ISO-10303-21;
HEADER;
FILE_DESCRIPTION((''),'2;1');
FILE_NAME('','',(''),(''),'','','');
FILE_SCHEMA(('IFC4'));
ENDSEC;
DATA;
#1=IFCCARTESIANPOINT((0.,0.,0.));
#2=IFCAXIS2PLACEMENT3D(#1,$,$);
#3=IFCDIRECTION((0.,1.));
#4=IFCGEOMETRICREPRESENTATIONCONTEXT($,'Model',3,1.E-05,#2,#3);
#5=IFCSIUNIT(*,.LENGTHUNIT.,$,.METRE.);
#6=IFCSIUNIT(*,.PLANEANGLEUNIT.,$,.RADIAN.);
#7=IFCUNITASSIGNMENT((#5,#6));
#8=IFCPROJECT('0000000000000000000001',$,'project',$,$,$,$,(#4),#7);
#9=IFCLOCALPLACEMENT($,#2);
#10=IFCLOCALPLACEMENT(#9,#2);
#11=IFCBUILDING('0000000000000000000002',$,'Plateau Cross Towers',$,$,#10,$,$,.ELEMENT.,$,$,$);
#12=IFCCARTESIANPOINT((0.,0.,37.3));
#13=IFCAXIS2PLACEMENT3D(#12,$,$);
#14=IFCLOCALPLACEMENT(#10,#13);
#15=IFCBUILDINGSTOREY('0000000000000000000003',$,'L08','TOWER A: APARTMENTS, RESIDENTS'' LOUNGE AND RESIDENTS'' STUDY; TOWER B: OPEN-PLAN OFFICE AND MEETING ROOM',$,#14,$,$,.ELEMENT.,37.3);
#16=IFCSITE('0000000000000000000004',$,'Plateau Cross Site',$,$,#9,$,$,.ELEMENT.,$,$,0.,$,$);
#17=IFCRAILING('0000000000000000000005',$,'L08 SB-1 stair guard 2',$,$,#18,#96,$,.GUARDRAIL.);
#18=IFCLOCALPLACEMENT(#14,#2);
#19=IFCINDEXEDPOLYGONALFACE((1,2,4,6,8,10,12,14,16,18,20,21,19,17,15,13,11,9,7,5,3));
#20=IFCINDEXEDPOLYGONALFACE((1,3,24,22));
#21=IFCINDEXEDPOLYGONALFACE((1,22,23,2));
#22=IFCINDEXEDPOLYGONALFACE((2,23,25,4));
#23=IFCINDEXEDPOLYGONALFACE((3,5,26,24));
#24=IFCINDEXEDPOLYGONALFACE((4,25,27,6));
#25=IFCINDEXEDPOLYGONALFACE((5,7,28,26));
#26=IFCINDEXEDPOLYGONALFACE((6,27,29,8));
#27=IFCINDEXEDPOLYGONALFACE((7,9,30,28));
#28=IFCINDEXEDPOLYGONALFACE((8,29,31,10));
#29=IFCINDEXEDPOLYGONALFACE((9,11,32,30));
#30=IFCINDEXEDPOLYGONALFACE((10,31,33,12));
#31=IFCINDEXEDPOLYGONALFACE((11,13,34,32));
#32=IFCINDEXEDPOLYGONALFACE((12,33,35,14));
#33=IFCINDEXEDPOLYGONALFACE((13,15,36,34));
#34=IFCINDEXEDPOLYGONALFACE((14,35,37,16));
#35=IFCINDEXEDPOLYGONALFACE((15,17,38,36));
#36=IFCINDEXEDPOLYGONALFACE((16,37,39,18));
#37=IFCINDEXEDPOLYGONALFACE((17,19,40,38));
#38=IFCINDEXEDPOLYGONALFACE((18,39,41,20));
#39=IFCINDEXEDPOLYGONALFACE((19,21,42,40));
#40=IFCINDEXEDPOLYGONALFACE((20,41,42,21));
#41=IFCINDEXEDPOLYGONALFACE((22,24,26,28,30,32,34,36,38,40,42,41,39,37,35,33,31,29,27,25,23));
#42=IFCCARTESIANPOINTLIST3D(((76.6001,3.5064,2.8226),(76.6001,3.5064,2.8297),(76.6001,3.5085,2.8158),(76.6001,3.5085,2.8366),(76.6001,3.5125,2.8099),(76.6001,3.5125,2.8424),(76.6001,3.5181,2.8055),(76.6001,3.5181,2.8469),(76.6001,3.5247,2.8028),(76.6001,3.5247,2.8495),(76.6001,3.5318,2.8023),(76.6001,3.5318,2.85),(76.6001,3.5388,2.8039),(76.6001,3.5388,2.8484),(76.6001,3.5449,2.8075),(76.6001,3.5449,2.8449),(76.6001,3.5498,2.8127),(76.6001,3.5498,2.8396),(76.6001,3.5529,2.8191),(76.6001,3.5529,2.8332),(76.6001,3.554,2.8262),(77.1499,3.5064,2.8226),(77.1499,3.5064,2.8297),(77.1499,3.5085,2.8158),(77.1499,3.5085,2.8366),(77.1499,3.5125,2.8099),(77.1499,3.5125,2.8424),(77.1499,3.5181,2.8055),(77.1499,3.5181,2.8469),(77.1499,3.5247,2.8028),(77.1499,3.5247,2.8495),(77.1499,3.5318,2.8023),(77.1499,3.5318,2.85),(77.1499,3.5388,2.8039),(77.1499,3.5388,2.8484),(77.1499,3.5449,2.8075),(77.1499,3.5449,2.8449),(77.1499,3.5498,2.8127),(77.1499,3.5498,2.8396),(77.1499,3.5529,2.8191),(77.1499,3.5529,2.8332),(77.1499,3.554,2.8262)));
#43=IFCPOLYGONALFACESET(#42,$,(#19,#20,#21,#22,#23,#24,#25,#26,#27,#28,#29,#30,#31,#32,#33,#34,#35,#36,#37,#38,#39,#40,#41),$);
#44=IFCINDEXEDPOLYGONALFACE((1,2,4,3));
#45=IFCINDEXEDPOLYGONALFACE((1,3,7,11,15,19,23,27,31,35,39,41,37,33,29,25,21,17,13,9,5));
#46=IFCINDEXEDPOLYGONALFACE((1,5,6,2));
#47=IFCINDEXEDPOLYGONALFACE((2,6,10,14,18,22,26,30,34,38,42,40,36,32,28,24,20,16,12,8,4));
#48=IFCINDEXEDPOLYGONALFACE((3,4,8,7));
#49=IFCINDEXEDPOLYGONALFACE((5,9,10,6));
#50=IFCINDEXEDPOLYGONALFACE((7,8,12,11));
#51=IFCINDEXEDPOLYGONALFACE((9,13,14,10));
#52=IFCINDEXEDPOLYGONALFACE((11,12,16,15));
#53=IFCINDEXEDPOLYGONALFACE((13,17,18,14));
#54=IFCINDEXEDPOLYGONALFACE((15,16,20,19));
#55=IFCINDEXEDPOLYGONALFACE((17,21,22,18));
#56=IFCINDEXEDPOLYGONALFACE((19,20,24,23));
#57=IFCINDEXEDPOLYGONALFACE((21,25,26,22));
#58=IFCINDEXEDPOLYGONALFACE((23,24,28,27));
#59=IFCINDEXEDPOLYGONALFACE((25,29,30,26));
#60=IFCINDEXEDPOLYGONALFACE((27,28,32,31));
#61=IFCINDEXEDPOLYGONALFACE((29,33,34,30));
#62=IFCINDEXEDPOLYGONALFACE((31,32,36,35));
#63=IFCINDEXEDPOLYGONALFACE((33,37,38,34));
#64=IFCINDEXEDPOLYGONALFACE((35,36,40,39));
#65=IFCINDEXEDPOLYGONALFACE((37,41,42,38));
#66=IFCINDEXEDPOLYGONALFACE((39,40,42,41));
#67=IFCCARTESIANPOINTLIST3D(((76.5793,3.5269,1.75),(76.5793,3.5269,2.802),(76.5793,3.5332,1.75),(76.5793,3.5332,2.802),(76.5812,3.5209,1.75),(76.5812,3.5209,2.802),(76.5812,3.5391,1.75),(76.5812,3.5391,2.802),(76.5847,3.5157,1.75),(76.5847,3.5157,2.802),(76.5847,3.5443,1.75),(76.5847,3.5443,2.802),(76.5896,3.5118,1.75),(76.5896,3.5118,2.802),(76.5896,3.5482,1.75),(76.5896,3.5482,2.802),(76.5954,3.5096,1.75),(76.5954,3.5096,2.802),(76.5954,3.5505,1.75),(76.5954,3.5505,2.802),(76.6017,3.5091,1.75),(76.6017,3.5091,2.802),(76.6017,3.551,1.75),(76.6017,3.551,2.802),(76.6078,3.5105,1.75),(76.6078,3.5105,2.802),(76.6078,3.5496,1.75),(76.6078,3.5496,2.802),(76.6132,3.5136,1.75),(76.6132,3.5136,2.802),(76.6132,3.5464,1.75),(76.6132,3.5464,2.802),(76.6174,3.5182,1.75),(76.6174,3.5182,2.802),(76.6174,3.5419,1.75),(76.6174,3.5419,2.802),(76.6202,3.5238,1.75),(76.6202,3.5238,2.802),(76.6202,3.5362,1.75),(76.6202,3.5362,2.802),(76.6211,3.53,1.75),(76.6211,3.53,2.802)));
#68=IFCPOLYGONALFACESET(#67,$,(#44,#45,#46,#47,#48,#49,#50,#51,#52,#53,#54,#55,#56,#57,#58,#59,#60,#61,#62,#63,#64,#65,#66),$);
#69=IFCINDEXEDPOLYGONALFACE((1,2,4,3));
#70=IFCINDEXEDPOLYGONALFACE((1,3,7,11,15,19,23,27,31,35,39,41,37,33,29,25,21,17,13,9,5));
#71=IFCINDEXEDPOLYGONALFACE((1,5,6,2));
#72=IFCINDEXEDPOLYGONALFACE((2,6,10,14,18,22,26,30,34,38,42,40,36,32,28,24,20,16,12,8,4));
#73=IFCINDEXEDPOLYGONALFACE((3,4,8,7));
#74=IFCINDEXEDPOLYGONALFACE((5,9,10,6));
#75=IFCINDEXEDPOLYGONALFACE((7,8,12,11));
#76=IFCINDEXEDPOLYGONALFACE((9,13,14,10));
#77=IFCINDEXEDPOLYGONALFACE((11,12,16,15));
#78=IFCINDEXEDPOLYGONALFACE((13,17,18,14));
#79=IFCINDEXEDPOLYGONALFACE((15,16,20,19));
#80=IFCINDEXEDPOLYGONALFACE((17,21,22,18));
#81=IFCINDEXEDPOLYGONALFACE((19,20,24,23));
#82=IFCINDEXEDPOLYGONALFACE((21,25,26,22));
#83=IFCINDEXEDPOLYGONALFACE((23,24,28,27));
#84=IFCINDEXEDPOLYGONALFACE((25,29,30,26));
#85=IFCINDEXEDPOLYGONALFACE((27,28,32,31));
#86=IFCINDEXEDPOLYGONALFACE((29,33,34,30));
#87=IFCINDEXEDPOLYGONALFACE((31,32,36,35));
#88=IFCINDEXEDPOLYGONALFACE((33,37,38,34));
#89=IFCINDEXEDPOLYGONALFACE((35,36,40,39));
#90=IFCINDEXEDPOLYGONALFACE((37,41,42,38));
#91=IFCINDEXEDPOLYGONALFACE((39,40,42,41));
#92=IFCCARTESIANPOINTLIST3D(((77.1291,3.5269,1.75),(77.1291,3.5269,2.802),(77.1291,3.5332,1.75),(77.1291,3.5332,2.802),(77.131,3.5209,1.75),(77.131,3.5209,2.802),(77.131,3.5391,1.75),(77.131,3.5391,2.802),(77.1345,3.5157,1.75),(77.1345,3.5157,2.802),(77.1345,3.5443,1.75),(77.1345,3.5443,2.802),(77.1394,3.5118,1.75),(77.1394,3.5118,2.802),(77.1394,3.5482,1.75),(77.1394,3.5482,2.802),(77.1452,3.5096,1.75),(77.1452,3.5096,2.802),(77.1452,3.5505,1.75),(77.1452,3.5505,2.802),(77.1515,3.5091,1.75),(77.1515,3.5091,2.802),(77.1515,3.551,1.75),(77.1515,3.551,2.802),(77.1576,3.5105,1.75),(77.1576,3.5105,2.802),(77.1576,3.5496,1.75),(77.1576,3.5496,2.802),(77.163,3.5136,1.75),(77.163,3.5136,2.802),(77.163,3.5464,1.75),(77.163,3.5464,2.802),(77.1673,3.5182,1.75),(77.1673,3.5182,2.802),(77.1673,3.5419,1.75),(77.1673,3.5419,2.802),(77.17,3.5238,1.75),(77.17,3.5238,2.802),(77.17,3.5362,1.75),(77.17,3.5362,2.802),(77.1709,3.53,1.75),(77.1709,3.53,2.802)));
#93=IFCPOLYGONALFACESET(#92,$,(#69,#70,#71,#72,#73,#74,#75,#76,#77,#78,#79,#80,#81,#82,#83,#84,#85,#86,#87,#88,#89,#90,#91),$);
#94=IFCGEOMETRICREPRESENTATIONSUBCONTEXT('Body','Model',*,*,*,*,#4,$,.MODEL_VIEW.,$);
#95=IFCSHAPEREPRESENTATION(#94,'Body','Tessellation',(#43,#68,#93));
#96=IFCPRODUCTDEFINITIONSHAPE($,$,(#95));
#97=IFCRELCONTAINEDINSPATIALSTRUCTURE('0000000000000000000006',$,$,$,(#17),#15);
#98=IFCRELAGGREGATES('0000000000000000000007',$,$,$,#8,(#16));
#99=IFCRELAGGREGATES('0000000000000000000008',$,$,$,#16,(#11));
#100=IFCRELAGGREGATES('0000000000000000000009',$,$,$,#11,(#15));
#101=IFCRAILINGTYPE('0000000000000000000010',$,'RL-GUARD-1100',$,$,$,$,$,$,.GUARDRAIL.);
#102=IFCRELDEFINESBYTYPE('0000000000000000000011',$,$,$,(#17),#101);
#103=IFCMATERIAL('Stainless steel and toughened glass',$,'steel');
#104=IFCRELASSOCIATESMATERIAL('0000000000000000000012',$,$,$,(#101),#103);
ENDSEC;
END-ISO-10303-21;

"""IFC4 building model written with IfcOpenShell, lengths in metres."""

from ifc_helpers import new_model, si_unit, direction, frame, origin, origin_2d, place, context, subcontext, project, spatial, circle, extrude, material, type_object, element, save


model = new_model("IFC4")

# Units and contexts
model_context = context("Model", 3, precision=1e-05, world=origin(), true_north=direction((0.0, 1.0)))
body_context = subcontext(model_context, "Body", "Model", "MODEL_VIEW")
ifc_project = project(units=[si_unit("LENGTHUNIT", "METRE"), si_unit("PLANEANGLEUNIT", "RADIAN")], contexts=[model_context])

# Site, building, storey
site_placement = place(None, origin())
site = spatial("IfcSite", under=ifc_project, at=site_placement, Name="Plateau Cross Site", CompositionType="ELEMENT", RefElevation=0.0)
building_placement = place(site_placement, origin())
building = spatial("IfcBuilding", under=site, at=building_placement, Name="Plateau Cross Towers", CompositionType="ELEMENT")
storey_placement = place(building_placement, frame((0.0, 0.0, 37.3)))
storey = spatial("IfcBuildingStorey", under=building, at=storey_placement, Name="L08", Description="TOWER A: APARTMENTS, RESIDENTS' LOUNGE AND RESIDENTS' STUDY; TOWER B: OPEN-PLAN OFFICE AND MEETING ROOM", CompositionType="ELEMENT", Elevation=37.3)

# Railing
ifc_material_1 = material(Name="Stainless steel and toughened glass", Category="steel")
railing_type_1 = type_object("IfcRailingType", Name="RL-GUARD-1100", PredefinedType="GUARDRAIL", material=ifc_material_1)
railing_1_placement = place(storey_placement, frame((76.6001, 3.53, 1.75)))
element("IfcRailing", 1, at=railing_1_placement, inside=storey, type_object=railing_type_1, Name="L08 SB-1 stair guard 2", PredefinedType="GUARDRAIL", context=body_context, shape_type="SweptSolid", body=[
    extrude(circle(Radius=0.0239, at=origin_2d()), frame((0.0, 0.0, 1.0762), z_axis=(1.0, 0.0, 0.0), x_axis=(0.0, 1.0, 0.0)), (0.0, 0.0, 1.0), 0.5498),
    extrude(circle(Radius=0.021, at=origin_2d()), origin(), (0.0, 0.0, 1.0), 1.052),
    extrude(circle(Radius=0.021, at=origin_2d()), frame((0.5498, 0.0, 0.0)), (0.0, 0.0, 1.0), 1.052),
])

save(model, "model.ifc")
